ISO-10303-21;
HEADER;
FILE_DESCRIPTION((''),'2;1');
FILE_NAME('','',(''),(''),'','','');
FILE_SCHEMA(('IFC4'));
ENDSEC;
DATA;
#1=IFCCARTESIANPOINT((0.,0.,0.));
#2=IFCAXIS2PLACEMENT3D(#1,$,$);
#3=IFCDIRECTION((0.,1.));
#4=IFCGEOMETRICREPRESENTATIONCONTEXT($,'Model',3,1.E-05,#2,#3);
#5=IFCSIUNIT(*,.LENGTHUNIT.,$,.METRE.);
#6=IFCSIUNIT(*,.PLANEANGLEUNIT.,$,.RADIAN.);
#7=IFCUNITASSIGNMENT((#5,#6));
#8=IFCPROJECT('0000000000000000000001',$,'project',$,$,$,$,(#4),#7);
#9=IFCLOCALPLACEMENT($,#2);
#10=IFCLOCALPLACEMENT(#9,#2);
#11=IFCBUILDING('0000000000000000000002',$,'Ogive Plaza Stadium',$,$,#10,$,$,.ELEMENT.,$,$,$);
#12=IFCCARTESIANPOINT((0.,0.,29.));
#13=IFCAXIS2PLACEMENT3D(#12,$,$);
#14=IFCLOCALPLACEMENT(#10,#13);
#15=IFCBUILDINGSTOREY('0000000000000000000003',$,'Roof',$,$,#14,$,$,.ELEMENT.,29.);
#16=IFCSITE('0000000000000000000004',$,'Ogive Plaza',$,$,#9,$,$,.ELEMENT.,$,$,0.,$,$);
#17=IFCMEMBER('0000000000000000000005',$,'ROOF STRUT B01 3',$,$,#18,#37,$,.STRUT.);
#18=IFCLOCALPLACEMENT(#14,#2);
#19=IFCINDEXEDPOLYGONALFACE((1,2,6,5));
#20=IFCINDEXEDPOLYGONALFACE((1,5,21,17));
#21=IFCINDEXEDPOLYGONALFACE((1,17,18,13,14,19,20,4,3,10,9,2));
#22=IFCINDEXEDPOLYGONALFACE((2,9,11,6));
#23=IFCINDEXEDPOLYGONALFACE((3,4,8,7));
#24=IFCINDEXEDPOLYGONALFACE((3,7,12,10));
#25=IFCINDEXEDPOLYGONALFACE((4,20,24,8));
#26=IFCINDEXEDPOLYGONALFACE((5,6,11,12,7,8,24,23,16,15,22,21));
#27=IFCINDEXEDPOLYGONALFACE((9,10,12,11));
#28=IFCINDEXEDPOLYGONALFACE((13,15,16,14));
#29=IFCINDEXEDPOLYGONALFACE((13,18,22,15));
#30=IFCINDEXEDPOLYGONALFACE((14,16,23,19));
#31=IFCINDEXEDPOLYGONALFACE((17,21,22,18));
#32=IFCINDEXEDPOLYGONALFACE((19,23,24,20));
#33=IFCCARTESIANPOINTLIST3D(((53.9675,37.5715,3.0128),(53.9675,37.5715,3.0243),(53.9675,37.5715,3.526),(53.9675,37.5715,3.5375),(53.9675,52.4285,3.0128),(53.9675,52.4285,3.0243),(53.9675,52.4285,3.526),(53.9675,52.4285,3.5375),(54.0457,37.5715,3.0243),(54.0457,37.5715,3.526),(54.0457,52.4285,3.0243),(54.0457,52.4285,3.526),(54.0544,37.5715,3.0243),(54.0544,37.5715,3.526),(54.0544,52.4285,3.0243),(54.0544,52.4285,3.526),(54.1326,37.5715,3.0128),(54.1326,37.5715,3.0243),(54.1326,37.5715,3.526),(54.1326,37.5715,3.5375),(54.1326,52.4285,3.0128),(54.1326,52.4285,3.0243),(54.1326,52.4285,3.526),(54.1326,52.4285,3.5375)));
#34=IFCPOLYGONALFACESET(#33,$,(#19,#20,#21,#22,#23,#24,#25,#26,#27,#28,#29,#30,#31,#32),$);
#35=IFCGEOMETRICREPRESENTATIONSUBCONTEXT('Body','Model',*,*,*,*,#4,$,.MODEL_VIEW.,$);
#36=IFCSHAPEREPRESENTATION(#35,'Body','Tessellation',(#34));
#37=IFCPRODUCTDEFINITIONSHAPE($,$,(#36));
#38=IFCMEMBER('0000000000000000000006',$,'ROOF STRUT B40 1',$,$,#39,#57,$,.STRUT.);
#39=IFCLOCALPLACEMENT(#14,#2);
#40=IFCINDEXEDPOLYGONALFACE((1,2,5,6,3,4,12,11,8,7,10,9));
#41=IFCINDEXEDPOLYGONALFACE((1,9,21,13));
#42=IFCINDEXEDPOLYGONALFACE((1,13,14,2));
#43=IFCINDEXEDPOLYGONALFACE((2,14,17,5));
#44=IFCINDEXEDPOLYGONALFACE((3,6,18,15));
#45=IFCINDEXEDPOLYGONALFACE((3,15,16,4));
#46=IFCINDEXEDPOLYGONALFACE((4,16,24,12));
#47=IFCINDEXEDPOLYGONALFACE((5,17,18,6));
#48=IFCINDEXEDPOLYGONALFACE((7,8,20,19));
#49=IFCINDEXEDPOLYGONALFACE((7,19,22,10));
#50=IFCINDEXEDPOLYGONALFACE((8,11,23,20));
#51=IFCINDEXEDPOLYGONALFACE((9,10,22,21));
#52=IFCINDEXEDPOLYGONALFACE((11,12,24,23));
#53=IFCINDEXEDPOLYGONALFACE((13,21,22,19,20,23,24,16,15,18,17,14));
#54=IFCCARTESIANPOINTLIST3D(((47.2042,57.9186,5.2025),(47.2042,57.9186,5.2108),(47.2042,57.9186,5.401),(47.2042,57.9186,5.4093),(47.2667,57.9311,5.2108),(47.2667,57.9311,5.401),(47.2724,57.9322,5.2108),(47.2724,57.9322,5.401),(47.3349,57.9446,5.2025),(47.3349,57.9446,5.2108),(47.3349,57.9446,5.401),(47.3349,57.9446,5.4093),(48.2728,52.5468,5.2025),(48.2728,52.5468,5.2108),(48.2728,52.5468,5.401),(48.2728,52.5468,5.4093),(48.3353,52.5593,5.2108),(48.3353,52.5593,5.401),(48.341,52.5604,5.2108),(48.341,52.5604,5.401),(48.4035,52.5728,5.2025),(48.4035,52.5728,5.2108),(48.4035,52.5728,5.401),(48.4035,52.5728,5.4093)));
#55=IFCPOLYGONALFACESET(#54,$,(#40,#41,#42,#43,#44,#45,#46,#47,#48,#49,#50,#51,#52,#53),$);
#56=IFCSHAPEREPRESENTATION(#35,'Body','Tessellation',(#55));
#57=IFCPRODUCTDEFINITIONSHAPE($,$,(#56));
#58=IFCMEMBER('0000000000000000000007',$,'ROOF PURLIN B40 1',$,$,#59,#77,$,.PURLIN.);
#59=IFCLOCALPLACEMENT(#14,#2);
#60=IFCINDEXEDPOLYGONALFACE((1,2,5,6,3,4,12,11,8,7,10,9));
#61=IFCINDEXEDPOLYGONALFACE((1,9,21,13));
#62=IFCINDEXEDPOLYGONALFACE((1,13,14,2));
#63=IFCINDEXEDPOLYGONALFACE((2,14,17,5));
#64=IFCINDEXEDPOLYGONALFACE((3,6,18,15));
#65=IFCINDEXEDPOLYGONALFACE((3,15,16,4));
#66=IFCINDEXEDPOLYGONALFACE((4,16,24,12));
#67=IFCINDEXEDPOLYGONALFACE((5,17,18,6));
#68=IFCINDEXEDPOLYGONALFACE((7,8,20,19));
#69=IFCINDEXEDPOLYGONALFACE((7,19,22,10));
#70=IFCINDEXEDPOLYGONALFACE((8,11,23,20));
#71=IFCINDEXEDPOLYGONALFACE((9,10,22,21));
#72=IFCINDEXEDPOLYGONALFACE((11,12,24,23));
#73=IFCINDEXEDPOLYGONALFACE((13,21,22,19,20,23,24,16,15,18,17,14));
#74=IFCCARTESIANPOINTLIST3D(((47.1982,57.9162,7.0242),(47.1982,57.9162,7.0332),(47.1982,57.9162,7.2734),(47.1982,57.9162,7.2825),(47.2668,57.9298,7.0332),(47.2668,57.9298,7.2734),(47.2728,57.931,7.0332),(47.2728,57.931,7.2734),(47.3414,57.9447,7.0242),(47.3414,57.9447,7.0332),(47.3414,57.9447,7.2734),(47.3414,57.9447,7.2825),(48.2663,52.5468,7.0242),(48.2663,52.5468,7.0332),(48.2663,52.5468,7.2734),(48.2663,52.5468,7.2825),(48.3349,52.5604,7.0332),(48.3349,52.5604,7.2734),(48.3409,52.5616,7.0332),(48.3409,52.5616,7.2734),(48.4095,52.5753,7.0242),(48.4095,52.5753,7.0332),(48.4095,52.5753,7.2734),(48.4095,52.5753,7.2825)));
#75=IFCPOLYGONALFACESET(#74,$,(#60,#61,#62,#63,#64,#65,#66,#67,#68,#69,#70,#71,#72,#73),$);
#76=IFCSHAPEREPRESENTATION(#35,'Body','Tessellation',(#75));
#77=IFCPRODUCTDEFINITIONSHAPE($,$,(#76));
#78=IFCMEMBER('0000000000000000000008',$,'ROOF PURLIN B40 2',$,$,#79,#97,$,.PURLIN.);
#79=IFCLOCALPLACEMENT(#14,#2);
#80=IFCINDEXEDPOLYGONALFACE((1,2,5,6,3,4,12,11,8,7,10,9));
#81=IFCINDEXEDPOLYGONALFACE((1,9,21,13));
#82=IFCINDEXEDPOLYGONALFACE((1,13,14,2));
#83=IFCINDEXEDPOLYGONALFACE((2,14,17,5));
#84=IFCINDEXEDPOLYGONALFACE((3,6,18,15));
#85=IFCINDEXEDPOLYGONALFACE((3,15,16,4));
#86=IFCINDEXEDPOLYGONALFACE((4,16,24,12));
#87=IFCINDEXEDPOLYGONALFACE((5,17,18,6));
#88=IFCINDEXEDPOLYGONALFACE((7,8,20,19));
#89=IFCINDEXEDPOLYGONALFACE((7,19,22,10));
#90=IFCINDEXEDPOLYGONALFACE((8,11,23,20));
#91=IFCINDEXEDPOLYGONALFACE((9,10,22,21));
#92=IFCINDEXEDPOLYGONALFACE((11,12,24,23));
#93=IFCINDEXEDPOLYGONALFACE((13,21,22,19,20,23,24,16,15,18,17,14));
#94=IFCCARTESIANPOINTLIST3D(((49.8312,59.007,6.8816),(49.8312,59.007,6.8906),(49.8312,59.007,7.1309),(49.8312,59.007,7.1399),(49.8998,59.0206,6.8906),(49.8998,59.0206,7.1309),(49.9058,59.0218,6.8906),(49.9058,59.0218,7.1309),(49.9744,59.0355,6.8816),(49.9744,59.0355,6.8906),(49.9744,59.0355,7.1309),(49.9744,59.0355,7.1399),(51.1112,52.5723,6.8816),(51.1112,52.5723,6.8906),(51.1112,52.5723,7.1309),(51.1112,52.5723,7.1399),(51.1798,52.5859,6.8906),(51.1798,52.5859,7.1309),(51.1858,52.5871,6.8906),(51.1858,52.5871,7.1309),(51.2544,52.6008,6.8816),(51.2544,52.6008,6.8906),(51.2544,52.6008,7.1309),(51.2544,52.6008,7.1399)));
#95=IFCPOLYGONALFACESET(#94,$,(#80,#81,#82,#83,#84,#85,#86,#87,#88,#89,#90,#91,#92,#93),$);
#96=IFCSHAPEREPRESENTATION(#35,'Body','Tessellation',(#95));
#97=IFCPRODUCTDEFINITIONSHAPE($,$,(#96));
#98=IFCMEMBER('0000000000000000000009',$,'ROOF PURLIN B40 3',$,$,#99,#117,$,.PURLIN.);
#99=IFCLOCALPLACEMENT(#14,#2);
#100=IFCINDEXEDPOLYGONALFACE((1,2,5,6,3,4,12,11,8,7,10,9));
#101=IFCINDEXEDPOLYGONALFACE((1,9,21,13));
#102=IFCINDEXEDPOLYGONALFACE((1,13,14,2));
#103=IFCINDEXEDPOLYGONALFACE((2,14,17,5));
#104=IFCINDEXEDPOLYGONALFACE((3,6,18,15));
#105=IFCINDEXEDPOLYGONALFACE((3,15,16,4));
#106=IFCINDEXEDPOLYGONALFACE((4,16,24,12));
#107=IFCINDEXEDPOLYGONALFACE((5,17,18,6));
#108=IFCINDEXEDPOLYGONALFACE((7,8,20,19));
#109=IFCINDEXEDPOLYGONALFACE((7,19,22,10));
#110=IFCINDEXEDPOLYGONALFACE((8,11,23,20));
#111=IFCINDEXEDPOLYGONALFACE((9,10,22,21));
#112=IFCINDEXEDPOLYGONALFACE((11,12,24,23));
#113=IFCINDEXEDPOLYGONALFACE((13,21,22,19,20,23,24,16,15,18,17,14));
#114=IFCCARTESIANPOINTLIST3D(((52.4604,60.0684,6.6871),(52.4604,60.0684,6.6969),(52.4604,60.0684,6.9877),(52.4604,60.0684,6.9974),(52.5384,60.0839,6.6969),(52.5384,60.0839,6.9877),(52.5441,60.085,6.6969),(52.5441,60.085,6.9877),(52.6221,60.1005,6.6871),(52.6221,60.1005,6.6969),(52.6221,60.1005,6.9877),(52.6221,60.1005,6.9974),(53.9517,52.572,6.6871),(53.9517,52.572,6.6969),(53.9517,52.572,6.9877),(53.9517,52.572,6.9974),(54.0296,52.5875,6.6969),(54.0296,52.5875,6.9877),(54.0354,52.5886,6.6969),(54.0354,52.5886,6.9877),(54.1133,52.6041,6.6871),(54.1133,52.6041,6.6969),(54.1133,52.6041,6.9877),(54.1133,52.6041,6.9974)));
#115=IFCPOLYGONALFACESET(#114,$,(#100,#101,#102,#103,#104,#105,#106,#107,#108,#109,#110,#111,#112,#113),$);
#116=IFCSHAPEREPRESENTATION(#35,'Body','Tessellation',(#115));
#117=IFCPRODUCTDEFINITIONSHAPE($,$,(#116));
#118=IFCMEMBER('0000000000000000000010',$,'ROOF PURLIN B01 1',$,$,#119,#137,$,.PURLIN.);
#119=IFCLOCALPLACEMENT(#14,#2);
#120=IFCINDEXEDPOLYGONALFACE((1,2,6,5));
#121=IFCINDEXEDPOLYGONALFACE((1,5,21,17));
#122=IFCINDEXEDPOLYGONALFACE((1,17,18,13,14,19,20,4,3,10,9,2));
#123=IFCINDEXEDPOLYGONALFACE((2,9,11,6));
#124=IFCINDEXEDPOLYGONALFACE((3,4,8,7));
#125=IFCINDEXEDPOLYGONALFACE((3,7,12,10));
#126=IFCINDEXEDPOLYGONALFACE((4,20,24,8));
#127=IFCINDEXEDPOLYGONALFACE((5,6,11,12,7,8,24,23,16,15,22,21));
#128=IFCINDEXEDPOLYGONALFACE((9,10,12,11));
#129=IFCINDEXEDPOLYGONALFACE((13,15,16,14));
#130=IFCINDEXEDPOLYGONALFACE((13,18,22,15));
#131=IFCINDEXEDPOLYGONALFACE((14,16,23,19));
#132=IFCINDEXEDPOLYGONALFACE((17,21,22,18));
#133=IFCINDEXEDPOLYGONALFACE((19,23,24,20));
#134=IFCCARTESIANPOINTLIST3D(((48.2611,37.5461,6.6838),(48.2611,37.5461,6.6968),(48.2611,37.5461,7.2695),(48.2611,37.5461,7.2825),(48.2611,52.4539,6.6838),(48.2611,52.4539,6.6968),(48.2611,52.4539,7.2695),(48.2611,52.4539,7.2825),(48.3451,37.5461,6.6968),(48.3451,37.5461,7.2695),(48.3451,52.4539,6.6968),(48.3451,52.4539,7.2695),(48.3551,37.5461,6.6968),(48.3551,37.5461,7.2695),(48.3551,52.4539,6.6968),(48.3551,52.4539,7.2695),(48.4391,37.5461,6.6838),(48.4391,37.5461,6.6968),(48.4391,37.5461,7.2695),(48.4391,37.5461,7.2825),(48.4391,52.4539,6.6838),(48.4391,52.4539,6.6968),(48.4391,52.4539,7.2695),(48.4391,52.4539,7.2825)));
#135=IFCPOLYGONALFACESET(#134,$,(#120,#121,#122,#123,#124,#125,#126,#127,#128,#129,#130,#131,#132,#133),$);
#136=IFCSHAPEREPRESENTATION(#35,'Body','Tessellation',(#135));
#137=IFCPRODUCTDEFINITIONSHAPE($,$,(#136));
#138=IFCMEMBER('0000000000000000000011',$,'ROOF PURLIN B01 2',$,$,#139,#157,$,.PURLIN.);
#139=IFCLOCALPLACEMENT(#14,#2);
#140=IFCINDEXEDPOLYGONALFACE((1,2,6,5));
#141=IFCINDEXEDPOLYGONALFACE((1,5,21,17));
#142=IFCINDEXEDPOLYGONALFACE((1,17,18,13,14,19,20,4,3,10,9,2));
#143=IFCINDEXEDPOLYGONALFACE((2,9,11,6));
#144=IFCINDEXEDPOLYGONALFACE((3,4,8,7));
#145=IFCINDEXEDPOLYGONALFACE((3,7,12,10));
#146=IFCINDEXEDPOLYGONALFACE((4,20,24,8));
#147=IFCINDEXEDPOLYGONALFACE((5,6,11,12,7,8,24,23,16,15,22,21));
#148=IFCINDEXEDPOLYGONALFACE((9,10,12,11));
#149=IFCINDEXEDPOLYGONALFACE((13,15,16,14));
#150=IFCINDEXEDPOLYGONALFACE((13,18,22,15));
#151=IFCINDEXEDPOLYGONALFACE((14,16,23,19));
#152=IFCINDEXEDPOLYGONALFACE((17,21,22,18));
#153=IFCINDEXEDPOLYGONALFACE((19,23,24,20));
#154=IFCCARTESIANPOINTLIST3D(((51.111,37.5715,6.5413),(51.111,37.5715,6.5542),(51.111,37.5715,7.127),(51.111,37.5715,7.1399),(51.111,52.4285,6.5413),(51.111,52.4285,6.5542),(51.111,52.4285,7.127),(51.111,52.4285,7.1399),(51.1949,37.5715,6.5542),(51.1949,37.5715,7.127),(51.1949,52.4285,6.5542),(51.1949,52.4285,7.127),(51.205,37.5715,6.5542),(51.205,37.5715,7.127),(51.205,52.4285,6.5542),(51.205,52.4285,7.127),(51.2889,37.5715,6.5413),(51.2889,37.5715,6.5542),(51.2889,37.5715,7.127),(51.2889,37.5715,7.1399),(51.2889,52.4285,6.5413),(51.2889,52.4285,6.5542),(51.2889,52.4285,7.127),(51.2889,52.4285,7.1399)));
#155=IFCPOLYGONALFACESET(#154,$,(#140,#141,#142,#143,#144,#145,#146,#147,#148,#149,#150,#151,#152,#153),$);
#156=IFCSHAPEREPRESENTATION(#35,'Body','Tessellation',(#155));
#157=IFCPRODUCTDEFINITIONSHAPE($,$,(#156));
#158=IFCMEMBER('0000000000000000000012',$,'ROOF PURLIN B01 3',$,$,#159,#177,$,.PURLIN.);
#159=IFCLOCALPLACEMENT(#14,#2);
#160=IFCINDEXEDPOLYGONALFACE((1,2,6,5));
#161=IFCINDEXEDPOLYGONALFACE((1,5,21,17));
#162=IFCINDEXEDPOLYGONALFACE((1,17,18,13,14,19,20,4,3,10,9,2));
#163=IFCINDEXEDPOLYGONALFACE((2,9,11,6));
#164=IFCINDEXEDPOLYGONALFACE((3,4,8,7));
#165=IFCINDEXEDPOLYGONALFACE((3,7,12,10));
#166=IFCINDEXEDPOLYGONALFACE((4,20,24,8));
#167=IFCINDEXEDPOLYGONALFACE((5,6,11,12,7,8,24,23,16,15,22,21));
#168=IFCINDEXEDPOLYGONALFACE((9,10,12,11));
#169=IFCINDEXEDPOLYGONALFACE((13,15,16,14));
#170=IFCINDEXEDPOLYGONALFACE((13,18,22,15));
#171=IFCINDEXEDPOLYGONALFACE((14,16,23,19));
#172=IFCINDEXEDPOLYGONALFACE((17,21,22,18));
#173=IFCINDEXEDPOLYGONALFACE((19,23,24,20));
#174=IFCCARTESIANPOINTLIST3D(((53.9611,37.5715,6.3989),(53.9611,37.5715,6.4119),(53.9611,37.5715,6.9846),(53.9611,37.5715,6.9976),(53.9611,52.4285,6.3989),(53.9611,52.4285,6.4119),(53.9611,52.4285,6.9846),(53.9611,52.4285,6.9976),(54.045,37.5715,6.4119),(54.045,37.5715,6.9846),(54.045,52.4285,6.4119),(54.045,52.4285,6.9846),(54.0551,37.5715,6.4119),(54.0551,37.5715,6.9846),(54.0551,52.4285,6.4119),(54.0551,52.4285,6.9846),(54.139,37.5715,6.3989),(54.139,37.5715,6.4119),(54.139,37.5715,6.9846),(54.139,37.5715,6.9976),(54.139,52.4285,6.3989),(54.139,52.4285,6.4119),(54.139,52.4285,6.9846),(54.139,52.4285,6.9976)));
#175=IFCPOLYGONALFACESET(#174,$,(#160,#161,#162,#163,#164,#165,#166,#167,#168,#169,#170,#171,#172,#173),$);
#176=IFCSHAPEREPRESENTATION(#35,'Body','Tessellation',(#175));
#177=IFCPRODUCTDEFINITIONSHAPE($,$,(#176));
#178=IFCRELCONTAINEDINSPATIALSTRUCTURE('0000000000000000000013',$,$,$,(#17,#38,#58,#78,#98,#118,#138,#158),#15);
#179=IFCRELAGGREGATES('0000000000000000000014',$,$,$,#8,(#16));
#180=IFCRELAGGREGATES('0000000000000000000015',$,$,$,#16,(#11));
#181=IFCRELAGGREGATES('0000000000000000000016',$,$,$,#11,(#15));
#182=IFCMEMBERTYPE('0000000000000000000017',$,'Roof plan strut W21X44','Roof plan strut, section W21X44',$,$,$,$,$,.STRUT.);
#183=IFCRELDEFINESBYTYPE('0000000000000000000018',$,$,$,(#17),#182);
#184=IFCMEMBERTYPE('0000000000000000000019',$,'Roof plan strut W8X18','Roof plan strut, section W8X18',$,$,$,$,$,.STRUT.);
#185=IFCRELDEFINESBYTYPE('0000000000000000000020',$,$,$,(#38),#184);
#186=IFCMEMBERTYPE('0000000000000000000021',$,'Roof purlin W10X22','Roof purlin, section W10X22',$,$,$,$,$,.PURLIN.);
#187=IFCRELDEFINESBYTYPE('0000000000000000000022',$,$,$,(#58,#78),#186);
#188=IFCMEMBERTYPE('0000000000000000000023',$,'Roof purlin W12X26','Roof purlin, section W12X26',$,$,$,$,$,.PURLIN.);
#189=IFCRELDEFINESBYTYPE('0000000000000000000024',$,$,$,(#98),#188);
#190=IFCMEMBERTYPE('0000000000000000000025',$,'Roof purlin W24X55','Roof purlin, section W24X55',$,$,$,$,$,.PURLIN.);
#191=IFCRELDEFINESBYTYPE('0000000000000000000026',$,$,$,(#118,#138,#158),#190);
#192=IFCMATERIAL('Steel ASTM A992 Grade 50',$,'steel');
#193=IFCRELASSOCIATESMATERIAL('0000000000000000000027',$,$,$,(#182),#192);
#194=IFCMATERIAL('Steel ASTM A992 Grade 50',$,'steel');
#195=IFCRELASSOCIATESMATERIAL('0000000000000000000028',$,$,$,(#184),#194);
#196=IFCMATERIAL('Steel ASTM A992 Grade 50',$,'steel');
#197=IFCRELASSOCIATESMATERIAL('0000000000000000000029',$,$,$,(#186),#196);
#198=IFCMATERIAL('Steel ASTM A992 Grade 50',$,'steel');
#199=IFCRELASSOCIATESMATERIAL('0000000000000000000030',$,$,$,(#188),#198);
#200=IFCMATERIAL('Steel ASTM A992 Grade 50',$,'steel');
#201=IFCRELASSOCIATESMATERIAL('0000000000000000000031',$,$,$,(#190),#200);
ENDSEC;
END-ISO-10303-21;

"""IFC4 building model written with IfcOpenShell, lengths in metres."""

from ifc_helpers import new_model, si_unit, direction, frame, origin, origin_2d, place, context, subcontext, project, spatial, i_section, extrude, material, material_profile, profile_set, type_object, element, save


model = new_model("IFC4")

# Units and contexts
model_context = context("Model", 3, precision=1e-05, world=origin(), true_north=direction((0.0, 1.0)))
body_context = subcontext(model_context, "Body", "Model", "MODEL_VIEW")
ifc_project = project(units=[si_unit("LENGTHUNIT", "METRE"), si_unit("PLANEANGLEUNIT", "RADIAN")], contexts=[model_context])

# Site, building, storey
site_placement = place(None, origin())
site = spatial("IfcSite", under=ifc_project, at=site_placement, Name="Ogive Plaza", CompositionType="ELEMENT", RefElevation=0.0)
building_placement = place(site_placement, origin())
building = spatial("IfcBuilding", under=site, at=building_placement, Name="Ogive Plaza Stadium", CompositionType="ELEMENT")
storey_placement = place(building_placement, frame((0.0, 0.0, 29.0)))
storey = spatial("IfcBuildingStorey", under=building, at=storey_placement, Name="Roof", CompositionType="ELEMENT", Elevation=29.0)

# Members
ifc_material_1 = material(Name="Steel ASTM A992 Grade 50", Category="steel")
ifc_material_profile_1 = material_profile(ifc_material_1, i_section(OverallWidth=0.165, OverallDepth=0.5247, WebThickness=0.0088, FlangeThickness=0.0115, at=origin_2d()), Name="W21X44")
ifc_profile_set_1 = profile_set([ifc_material_profile_1], Name="Steel ASTM A992 Grade 50")
member_type_1 = type_object("IfcMemberType", Name="Roof plan strut W21X44", Description="Roof plan strut, section W21X44", PredefinedType="STRUT", material=ifc_profile_set_1)
for number, where, z_axis, x_axis, name in (
    (1, (54.05, 52.4285, 3.2751), (0.0, -1.0, 0.0), (1.0, 0.0, 0.0), "ROOF STRUT B01 3"),
):
    element("IfcMember", number, at=place(storey_placement, frame(where, z_axis=z_axis, x_axis=x_axis)), inside=storey, type_object=member_type_1, Name=name, PredefinedType="STRUT", context=body_context, shape_type="SweptSolid", body=[
        extrude(i_section(OverallWidth=0.165, OverallDepth=0.5247, WebThickness=0.0088, FlangeThickness=0.0115, at=origin_2d()), origin(), (0.0, 0.0, 1.0), 14.8569),
    ])
ifc_material_2 = material(Name="Steel ASTM A992 Grade 50", Category="steel")
ifc_material_profile_2 = material_profile(ifc_material_2, i_section(OverallWidth=0.1333, OverallDepth=0.2068, WebThickness=0.0059, FlangeThickness=0.0083, at=origin_2d()), Name="W8X18")
ifc_profile_set_2 = profile_set([ifc_material_profile_2], Name="Steel ASTM A992 Grade 50")
member_type_2 = type_object("IfcMemberType", Name="Roof plan strut W8X18", Description="Roof plan strut, section W8X18", PredefinedType="STRUT", material=ifc_profile_set_2)
member_1_placement = place(storey_placement, frame((47.2695, 57.9316, 5.3059), z_axis=(0.195105, -0.980782, 0.0), x_axis=(0.980782, 0.195105, 0.0)))
element("IfcMember", 2, at=member_1_placement, inside=storey, type_object=member_type_2, Name="ROOF STRUT B40 1", PredefinedType="STRUT", context=body_context, shape_type="SweptSolid", body=[
    extrude(i_section(OverallWidth=0.1333, OverallDepth=0.2068, WebThickness=0.0059, FlangeThickness=0.0083, at=origin_2d()), origin(), (0.0, 0.0, 1.0), 5.4771),
])
ifc_material_3 = material(Name="Steel ASTM A992 Grade 50", Category="steel")
ifc_material_profile_3 = material_profile(ifc_material_3, i_section(OverallWidth=0.146, OverallDepth=0.2583, WebThickness=0.0061, FlangeThickness=0.009, at=origin_2d()), Name="W10X22")
ifc_profile_set_3 = profile_set([ifc_material_profile_3], Name="Steel ASTM A992 Grade 50")
member_type_3 = type_object("IfcMemberType", Name="Roof purlin W10X22", Description="Roof purlin, section W10X22", PredefinedType="PURLIN", material=ifc_profile_set_3)
member_2_placement = place(storey_placement, frame((47.2698, 57.9304, 7.1533), z_axis=(0.195104, -0.980783, 0.0), x_axis=(0.980783, 0.195104, 0.0)))
element("IfcMember", 3, at=member_2_placement, inside=storey, type_object=member_type_3, Name="ROOF PURLIN B40 1", PredefinedType="PURLIN", context=body_context, shape_type="SweptSolid", body=[
    extrude(i_section(OverallWidth=0.146, OverallDepth=0.2583, WebThickness=0.0061, FlangeThickness=0.009, at=origin_2d()), origin(), (0.0, 0.0, 1.0), 5.4746),
])
member_3_placement = place(storey_placement, frame((49.9028, 59.0212, 7.0107), z_axis=(0.1951, -0.980783, 0.0), x_axis=(0.980783, 0.1951, 0.0)))
element("IfcMember", 4, at=member_3_placement, inside=storey, type_object=member_type_3, Name="ROOF PURLIN B40 2", PredefinedType="PURLIN", context=body_context, shape_type="SweptSolid", body=[
    extrude(i_section(OverallWidth=0.146, OverallDepth=0.2583, WebThickness=0.0061, FlangeThickness=0.009, at=origin_2d()), origin(), (0.0, 0.0, 1.0), 6.5608),
])
ifc_material_4 = material(Name="Steel ASTM A992 Grade 50", Category="steel")
ifc_material_profile_4 = material_profile(ifc_material_4, i_section(OverallWidth=0.1648, OverallDepth=0.3103, WebThickness=0.0059, FlangeThickness=0.0098, at=origin_2d()), Name="W12X26")
ifc_profile_set_4 = profile_set([ifc_material_profile_4], Name="Steel ASTM A992 Grade 50")
member_type_4 = type_object("IfcMemberType", Name="Roof purlin W12X26", Description="Roof purlin, section W12X26", PredefinedType="PURLIN", material=ifc_profile_set_4)
member_4_placement = place(storey_placement, frame((52.5413, 60.0845, 6.8423), z_axis=(0.195102, -0.980783, 0.0), x_axis=(0.980783, 0.195102, 0.0)))
element("IfcMember", 5, at=member_4_placement, inside=storey, type_object=member_type_4, Name="ROOF PURLIN B40 3", PredefinedType="PURLIN", context=body_context, shape_type="SweptSolid", body=[
    extrude(i_section(OverallWidth=0.1648, OverallDepth=0.3103, WebThickness=0.0059, FlangeThickness=0.0098, at=origin_2d()), origin(), (0.0, 0.0, 1.0), 7.6433),
])
ifc_material_5 = material(Name="Steel ASTM A992 Grade 50", Category="steel")
ifc_material_profile_5 = material_profile(ifc_material_5, i_section(OverallWidth=0.178, OverallDepth=0.5986, WebThickness=0.01, FlangeThickness=0.0129, at=origin_2d()), Name="W24X55")
ifc_profile_set_5 = profile_set([ifc_material_profile_5], Name="Steel ASTM A992 Grade 50")
member_type_5 = type_object("IfcMemberType", Name="Roof purlin W24X55", Description="Roof purlin, section W24X55", PredefinedType="PURLIN", material=ifc_profile_set_5)
member_5_placement = place(storey_placement, frame((48.3501, 52.4539, 6.9832), z_axis=(0.0, -1.0, 0.0), x_axis=(1.0, 0.0, 0.0)))
element("IfcMember", 6, at=member_5_placement, inside=storey, type_object=member_type_5, Name="ROOF PURLIN B01 1", PredefinedType="PURLIN", context=body_context, shape_type="SweptSolid", body=[
    extrude(i_section(OverallWidth=0.178, OverallDepth=0.5986, WebThickness=0.01, FlangeThickness=0.0129, at=origin_2d()), origin(), (0.0, 0.0, 1.0), 14.9077),
])
for number, where, z_axis, x_axis, name in (
    (7, (51.2, 52.4285, 6.8406), (0.0, -1.0, 0.0), (1.0, 0.0, 0.0), "ROOF PURLIN B01 2"),
    (8, (54.05, 52.4285, 6.6982), (0.0, -1.0, 0.0), (1.0, 0.0, 0.0), "ROOF PURLIN B01 3"),
):
    element("IfcMember", number, at=place(storey_placement, frame(where, z_axis=z_axis, x_axis=x_axis)), inside=storey, type_object=member_type_5, Name=name, PredefinedType="PURLIN", context=body_context, shape_type="SweptSolid", body=[
        extrude(i_section(OverallWidth=0.178, OverallDepth=0.5986, WebThickness=0.01, FlangeThickness=0.0129, at=origin_2d()), origin(), (0.0, 0.0, 1.0), 14.8569),
    ])

save(model, "model.ifc")
